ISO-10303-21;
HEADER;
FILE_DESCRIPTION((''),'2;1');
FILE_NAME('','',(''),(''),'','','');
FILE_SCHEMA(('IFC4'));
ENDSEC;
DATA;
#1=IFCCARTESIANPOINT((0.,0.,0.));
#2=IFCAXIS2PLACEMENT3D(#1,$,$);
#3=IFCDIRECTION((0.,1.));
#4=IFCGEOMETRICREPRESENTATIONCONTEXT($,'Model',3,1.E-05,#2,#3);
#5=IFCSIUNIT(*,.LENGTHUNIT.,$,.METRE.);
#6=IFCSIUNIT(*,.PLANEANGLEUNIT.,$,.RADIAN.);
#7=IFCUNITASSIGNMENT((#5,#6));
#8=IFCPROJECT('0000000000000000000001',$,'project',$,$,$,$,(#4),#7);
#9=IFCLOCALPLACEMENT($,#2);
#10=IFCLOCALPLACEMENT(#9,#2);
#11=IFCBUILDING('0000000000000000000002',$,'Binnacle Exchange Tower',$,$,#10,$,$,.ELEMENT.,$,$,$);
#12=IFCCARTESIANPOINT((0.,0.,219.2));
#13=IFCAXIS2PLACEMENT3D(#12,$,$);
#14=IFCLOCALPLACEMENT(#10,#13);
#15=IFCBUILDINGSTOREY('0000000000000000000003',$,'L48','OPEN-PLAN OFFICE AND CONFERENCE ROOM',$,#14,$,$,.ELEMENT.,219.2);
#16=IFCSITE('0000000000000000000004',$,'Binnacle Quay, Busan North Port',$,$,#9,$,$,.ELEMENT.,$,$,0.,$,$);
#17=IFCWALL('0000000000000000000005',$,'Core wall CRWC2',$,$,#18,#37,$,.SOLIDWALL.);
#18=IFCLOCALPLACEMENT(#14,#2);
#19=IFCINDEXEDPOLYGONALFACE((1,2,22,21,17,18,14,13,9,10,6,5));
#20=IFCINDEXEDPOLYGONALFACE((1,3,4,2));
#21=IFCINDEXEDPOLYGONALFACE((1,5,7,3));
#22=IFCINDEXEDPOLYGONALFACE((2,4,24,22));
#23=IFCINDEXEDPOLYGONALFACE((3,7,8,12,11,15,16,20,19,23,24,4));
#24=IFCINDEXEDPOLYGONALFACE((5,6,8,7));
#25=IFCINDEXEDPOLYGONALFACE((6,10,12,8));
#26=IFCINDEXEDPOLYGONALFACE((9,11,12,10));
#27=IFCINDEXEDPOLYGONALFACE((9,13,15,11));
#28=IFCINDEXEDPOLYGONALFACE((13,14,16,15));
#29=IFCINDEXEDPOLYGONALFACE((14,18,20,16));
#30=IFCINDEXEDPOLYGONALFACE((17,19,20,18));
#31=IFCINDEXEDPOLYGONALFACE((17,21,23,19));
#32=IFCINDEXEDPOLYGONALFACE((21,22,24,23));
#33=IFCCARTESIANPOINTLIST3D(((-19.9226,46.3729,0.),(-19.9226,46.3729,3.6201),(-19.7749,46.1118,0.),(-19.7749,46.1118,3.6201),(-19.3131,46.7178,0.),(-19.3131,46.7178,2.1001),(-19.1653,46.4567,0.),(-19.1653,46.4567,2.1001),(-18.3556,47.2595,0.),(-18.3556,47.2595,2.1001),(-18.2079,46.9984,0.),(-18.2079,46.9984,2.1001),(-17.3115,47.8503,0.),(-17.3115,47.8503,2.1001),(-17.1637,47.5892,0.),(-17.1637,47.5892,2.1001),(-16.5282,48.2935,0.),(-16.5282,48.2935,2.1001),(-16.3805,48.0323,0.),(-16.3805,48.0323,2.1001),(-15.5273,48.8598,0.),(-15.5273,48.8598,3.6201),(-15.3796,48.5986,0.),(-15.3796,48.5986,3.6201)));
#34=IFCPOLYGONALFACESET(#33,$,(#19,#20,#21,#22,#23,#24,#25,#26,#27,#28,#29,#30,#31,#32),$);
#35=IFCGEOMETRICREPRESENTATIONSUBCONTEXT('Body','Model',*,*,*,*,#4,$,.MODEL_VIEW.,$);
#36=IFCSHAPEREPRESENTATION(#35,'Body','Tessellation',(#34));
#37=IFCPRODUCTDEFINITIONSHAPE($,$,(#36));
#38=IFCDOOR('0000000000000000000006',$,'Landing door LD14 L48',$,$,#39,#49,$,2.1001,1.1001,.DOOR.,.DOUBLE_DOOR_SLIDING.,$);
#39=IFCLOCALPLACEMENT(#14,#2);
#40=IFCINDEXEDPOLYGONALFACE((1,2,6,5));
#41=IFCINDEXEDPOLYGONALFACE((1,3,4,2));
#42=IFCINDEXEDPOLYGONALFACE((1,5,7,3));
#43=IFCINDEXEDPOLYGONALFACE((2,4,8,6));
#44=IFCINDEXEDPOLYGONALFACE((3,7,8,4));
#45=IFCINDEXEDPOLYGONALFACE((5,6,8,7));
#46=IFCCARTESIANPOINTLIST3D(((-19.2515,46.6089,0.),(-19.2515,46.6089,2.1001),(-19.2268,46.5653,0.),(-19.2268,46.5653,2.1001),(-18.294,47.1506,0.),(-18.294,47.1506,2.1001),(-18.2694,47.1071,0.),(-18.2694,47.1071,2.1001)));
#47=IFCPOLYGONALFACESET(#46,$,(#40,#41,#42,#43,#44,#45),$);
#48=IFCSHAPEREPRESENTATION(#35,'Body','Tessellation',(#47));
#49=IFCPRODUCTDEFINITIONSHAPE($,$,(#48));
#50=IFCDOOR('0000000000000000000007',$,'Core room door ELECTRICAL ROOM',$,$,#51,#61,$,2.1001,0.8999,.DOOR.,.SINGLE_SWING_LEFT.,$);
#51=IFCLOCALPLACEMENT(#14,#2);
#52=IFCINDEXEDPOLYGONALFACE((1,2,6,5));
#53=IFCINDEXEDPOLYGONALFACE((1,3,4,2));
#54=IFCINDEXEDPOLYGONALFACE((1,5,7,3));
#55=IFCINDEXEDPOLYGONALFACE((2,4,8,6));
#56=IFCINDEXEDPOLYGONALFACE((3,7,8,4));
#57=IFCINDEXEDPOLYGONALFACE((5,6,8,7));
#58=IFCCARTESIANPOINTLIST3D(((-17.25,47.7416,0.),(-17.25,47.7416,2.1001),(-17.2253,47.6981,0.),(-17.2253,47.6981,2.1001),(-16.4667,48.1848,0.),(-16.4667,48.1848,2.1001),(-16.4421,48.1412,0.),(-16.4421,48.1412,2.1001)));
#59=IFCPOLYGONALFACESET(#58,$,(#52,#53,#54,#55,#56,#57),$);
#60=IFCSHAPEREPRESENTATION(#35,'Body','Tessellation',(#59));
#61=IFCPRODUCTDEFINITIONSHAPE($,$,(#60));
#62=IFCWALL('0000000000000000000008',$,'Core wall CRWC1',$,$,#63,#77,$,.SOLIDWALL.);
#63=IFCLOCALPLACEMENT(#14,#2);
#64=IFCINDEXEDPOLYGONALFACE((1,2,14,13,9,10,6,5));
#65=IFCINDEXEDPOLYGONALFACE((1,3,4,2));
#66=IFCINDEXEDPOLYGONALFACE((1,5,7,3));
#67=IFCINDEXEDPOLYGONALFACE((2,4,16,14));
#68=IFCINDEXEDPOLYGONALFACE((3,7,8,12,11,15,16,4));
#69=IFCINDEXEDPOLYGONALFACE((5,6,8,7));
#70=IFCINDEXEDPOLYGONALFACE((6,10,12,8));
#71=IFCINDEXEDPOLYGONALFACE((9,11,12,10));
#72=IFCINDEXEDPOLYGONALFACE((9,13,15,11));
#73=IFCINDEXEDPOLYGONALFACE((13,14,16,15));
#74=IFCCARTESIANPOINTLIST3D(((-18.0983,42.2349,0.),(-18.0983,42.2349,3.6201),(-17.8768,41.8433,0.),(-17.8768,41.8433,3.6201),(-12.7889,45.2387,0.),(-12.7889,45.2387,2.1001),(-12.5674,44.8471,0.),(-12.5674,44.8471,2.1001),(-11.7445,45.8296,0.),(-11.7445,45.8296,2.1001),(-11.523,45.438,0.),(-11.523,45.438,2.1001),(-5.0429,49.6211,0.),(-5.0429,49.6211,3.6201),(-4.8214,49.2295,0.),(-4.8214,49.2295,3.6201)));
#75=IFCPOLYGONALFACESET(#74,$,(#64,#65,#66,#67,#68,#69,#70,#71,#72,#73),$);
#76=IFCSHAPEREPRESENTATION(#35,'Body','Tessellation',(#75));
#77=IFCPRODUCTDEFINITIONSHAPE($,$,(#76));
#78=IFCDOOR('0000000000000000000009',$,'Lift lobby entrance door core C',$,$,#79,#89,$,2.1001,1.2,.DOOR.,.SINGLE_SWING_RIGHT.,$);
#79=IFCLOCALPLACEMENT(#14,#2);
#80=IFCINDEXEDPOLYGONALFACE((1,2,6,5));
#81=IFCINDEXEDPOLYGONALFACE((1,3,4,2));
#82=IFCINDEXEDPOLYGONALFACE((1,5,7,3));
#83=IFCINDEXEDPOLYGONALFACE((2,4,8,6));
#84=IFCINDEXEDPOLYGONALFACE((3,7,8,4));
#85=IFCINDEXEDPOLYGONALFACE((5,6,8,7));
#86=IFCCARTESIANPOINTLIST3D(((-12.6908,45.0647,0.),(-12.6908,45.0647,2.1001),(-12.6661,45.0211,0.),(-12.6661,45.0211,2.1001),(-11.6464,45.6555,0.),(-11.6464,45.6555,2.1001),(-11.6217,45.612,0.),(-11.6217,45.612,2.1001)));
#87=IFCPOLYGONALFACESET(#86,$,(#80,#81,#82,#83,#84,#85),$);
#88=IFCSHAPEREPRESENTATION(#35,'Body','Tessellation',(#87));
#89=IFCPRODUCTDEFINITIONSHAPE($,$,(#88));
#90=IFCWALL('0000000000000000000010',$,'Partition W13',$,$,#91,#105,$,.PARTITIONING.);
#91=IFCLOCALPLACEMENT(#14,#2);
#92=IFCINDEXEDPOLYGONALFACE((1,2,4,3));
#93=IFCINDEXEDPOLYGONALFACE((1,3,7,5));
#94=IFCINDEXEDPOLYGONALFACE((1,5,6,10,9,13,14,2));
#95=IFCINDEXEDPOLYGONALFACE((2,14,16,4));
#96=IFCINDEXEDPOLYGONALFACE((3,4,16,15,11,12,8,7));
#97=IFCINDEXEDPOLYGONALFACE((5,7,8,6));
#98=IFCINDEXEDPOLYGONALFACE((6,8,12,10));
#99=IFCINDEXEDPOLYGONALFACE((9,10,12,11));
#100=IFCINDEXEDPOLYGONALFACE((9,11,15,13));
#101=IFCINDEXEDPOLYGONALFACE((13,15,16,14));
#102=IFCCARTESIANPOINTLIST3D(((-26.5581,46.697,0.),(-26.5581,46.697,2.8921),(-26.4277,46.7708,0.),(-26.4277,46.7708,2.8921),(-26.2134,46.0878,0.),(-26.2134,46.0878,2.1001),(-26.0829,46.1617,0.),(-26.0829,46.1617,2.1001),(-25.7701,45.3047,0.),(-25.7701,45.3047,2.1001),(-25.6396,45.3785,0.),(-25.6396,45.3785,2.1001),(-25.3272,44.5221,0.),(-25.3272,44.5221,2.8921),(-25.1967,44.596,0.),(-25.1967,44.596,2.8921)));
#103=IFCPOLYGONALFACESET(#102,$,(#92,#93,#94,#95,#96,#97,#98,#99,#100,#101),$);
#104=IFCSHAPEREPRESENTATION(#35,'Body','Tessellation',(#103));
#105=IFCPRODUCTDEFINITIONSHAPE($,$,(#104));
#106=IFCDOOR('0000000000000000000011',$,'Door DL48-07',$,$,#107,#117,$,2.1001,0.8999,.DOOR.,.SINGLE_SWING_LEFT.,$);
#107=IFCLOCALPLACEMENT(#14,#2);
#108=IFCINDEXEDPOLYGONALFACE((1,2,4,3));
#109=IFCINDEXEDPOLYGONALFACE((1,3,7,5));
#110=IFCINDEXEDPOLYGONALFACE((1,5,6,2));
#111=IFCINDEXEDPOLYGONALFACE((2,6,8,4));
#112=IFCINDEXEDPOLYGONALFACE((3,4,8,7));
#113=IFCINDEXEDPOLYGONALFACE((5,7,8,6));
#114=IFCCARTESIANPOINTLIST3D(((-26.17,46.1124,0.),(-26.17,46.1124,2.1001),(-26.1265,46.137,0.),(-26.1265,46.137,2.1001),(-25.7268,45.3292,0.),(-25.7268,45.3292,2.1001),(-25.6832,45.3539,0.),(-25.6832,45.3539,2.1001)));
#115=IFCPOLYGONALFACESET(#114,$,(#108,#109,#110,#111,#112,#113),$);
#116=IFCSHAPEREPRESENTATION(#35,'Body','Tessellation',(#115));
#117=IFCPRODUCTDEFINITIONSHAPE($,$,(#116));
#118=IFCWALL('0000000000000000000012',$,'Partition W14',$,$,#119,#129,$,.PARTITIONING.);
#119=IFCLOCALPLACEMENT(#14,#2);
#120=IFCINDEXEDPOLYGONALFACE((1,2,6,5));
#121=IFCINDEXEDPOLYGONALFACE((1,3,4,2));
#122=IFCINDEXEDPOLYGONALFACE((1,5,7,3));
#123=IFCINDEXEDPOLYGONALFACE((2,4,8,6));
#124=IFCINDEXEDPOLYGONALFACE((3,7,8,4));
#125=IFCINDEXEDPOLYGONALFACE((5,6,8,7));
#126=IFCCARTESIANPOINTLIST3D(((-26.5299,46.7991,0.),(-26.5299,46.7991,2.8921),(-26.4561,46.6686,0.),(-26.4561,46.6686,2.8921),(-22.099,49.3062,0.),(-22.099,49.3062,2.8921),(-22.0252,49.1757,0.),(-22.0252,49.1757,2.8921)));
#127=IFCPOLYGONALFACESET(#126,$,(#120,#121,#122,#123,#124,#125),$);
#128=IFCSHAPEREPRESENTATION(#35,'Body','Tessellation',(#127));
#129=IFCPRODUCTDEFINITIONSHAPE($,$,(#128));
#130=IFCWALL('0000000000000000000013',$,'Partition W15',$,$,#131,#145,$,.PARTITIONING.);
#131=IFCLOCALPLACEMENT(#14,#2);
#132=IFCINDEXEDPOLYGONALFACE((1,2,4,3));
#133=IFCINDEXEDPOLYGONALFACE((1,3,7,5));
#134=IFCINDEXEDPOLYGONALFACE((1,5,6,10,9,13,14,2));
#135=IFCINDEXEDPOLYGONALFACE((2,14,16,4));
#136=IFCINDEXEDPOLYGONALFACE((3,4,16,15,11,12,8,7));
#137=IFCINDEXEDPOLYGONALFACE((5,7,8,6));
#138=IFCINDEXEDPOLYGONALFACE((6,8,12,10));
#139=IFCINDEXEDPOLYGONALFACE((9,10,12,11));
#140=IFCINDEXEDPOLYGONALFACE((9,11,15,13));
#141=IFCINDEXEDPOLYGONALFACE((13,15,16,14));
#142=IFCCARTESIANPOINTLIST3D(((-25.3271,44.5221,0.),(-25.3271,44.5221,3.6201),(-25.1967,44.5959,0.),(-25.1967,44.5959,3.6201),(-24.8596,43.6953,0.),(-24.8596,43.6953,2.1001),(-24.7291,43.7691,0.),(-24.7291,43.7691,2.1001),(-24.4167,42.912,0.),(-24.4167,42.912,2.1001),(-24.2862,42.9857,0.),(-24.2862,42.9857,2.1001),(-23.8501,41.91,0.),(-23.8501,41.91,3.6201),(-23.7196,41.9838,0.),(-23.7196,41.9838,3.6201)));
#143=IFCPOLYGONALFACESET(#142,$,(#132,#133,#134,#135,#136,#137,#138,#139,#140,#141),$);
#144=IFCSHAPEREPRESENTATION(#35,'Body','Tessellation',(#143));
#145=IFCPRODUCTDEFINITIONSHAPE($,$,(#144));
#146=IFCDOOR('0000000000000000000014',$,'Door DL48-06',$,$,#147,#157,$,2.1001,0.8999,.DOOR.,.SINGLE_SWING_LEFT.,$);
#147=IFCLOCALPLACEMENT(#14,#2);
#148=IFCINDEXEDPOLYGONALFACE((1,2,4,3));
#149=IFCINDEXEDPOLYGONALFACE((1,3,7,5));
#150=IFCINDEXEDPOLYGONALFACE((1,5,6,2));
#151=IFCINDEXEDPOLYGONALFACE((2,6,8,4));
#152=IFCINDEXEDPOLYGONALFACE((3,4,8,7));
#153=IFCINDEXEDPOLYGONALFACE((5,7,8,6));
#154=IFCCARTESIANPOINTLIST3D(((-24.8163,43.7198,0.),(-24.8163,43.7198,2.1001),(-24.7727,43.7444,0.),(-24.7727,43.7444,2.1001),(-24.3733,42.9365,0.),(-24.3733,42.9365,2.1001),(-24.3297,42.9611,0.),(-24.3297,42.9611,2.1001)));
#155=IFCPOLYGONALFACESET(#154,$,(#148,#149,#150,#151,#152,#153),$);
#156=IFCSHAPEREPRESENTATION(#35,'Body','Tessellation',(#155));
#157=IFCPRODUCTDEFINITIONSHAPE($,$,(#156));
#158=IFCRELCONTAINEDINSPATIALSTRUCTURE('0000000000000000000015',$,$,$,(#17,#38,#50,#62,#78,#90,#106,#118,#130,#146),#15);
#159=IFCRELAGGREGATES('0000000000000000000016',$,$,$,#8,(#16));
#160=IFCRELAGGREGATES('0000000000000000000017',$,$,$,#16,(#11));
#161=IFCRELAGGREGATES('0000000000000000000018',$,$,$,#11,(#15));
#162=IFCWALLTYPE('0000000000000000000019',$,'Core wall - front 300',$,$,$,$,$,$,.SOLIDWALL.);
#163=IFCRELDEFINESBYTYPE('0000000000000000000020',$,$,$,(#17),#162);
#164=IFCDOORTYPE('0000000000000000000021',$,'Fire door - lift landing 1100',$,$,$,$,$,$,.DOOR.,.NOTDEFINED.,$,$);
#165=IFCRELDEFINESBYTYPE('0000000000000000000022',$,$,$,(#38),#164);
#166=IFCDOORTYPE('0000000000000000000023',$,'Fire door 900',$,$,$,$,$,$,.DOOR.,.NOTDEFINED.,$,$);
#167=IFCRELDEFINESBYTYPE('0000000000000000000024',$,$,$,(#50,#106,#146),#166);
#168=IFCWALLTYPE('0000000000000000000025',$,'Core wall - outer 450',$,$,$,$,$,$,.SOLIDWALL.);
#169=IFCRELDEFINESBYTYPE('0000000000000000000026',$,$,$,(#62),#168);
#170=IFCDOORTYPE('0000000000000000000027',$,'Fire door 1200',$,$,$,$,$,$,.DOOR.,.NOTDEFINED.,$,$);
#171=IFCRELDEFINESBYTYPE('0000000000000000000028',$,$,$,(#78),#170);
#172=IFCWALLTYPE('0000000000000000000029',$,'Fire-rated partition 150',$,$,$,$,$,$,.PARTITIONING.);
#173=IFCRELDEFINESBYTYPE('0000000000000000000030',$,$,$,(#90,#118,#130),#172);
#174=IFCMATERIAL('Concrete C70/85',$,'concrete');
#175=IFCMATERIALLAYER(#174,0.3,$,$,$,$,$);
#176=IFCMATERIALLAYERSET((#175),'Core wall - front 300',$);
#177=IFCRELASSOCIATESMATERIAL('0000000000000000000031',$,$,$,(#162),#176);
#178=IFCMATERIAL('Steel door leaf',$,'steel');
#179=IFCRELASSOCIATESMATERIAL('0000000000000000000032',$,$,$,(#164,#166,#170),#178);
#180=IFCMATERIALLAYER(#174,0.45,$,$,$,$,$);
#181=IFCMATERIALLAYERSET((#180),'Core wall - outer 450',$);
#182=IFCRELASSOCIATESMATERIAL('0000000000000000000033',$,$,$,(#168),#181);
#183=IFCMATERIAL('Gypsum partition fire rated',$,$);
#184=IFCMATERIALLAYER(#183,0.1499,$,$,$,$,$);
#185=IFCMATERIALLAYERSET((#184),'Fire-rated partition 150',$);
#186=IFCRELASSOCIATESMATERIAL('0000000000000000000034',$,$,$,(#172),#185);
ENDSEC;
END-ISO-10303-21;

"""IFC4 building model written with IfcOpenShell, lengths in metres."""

from ifc_helpers import new_model, si_unit, direction, frame, frame_2d, origin, place, context, subcontext, project, spatial, rectangle, extrude, material, layer, layer_set, type_object, element, fill, save


model = new_model("IFC4")

# Units and contexts
model_context = context("Model", 3, precision=1e-05, world=origin(), true_north=direction((0.0, 1.0)))
body_context = subcontext(model_context, "Body", "Model", "MODEL_VIEW")
ifc_project = project(units=[si_unit("LENGTHUNIT", "METRE"), si_unit("PLANEANGLEUNIT", "RADIAN")], contexts=[model_context])

# Site, building, storey
site_placement = place(None, origin())
site = spatial("IfcSite", under=ifc_project, at=site_placement, Name="Binnacle Quay, Busan North Port", CompositionType="ELEMENT", RefElevation=0.0)
building_placement = place(site_placement, origin())
building = spatial("IfcBuilding", under=site, at=building_placement, Name="Binnacle Exchange Tower", CompositionType="ELEMENT")
storey_placement = place(building_placement, frame((0.0, 0.0, 219.2)))
storey = spatial("IfcBuildingStorey", under=building, at=storey_placement, Name="L48", Description="OPEN-PLAN OFFICE AND CONFERENCE ROOM", CompositionType="ELEMENT", Elevation=219.2)

# Wall, openings, doors
ifc_material_1 = material(Name="Concrete C70/85", Category="concrete")
ifc_layer_1 = layer(ifc_material_1, 0.3)
ifc_layer_set_1 = layer_set([ifc_layer_1], Name="Core wall - front 300")
wall_type_1 = type_object("IfcWallType", Name="Core wall - front 300", PredefinedType="SOLIDWALL", material=ifc_layer_set_1)
wall_1_placement = place(storey_placement, frame((-19.8486, 46.2424, 0.0), z_axis=(0.0, 0.0, 1.0), x_axis=(0.870348, 0.492438, 0.0)))
wall_1 = element("IfcWall", 1, at=wall_1_placement, inside=storey, type_object=wall_type_1, Name="Core wall CRWC2", PredefinedType="SOLIDWALL", context=body_context, shape_type="SweptSolid", body=[
    extrude(rectangle(XDim=5.05, YDim=0.3, at=frame_2d((2.5249, 0.0))), origin(), (0.0, 0.0, 1.0), 3.6201),
])
opening_1_placement = place(wall_1_placement, frame((0.7002, 0.0, 0.0)))
opening_1 = element("IfcOpeningElement", 2, at=opening_1_placement, cuts=wall_1, PredefinedType="OPENING", context=body_context, shape_type="SweptSolid", body=[
    extrude(rectangle(XDim=1.1001, YDim=2.1001, at=frame_2d((0.55, 1.05))), frame((0.0, 0.1599, 0.0), z_axis=(0.0, -1.0, 0.0), x_axis=(1.0, 0.0, 0.0)), (0.0, 0.0, 1.0), 0.3201),
])
opening_2_placement = place(wall_1_placement, frame((3.0, 0.0, 0.0)))
opening_2 = element("IfcOpeningElement", 3, at=opening_2_placement, cuts=wall_1, PredefinedType="OPENING", context=body_context, shape_type="SweptSolid", body=[
    extrude(rectangle(XDim=0.8999, YDim=2.1001, at=frame_2d((0.45, 1.05))), frame((0.0, 0.1599, 0.0), z_axis=(0.0, -1.0, 0.0), x_axis=(1.0, 0.0, 0.0)), (0.0, 0.0, 1.0), 0.3201),
])
ifc_material_2 = material(Name="Steel door leaf", Category="steel")
door_type_1 = type_object("IfcDoorType", Name="Fire door - lift landing 1100", OperationType="NOTDEFINED", PredefinedType="DOOR", material=ifc_material_2)
door_1_placement = place(opening_1_placement, origin())
door_1 = element("IfcDoor", 4, at=door_1_placement, inside=storey, type_object=door_type_1, Name="Landing door LD14 L48", OperationType="DOUBLE_DOOR_SLIDING", OverallHeight=2.1001, OverallWidth=1.1001, PredefinedType="DOOR", context=body_context, shape_type="SweptSolid", body=[
    extrude(rectangle(XDim=1.1001, YDim=2.1001, at=frame_2d((0.55, 1.05))), frame((0.0, 0.0249, 0.0), z_axis=(0.0, -1.0, 0.0), x_axis=(1.0, 0.0, 0.0)), (0.0, 0.0, 1.0), 0.05),
])
fill(opening_1, door_1)
door_type_2 = type_object("IfcDoorType", Name="Fire door 900", OperationType="NOTDEFINED", PredefinedType="DOOR", material=ifc_material_2)
door_2_placement = place(opening_2_placement, frame((0.8999, 0.0, 0.0), z_axis=(0.0, 0.0, 1.0), x_axis=(-1.0, 0.0, 0.0)))
door_2 = element("IfcDoor", 5, at=door_2_placement, inside=storey, type_object=door_type_2, Name="Core room door ELECTRICAL ROOM", OperationType="SINGLE_SWING_LEFT", OverallHeight=2.1001, OverallWidth=0.8999, PredefinedType="DOOR", context=body_context, shape_type="SweptSolid", body=[
    extrude(rectangle(XDim=0.8999, YDim=2.1001, at=frame_2d((0.45, 1.05))), frame((0.0, 0.0249, 0.0), z_axis=(0.0, -1.0, 0.0), x_axis=(1.0, 0.0, 0.0)), (0.0, 0.0, 1.0), 0.05),
])
fill(opening_2, door_2)

# Walls, openings, doors
ifc_layer_2 = layer(ifc_material_1, 0.45)
ifc_layer_set_2 = layer_set([ifc_layer_2], Name="Core wall - outer 450")
wall_type_2 = type_object("IfcWallType", Name="Core wall - outer 450", PredefinedType="SOLIDWALL", material=ifc_layer_set_2)
wall_2_placement = place(storey_placement, frame((-17.9875, 42.0391, 0.0), z_axis=(0.0, 0.0, 1.0), x_axis=(0.870361, 0.492415, 0.0)))
wall_2 = element("IfcWall", 6, at=wall_2_placement, inside=storey, type_object=wall_type_2, Name="Core wall CRWC1", PredefinedType="SOLIDWALL", context=body_context, shape_type="SweptSolid", body=[
    extrude(rectangle(XDim=15.0, YDim=0.45, at=frame_2d((7.5, 0.0))), origin(), (0.0, 0.0, 1.0), 3.6201),
])
opening_3_placement = place(wall_2_placement, frame((6.1001, 0.0, 0.0)))
opening_3 = element("IfcOpeningElement", 7, at=opening_3_placement, cuts=wall_2, PredefinedType="OPENING", context=body_context, shape_type="SweptSolid", body=[
    extrude(rectangle(XDim=1.2, YDim=2.1001, at=frame_2d((0.6001, 1.05))), frame((0.0, 0.2349, 0.0), z_axis=(0.0, -1.0, 0.0), x_axis=(1.0, 0.0, 0.0)), (0.0, 0.0, 1.0), 0.47),
])
door_type_3 = type_object("IfcDoorType", Name="Fire door 1200", OperationType="NOTDEFINED", PredefinedType="DOOR", material=ifc_material_2)
door_3_placement = place(opening_3_placement, frame((1.2, 0.0, 0.0), z_axis=(0.0, 0.0, 1.0), x_axis=(-1.0, 0.0, 0.0)))
door_3 = element("IfcDoor", 8, at=door_3_placement, inside=storey, type_object=door_type_3, Name="Lift lobby entrance door core C", OperationType="SINGLE_SWING_RIGHT", OverallHeight=2.1001, OverallWidth=1.2, PredefinedType="DOOR", context=body_context, shape_type="SweptSolid", body=[
    extrude(rectangle(XDim=1.2, YDim=2.1001, at=frame_2d((0.6001, 1.05))), frame((0.0, 0.0249, 0.0), z_axis=(0.0, -1.0, 0.0), x_axis=(1.0, 0.0, 0.0)), (0.0, 0.0, 1.0), 0.05),
])
fill(opening_3, door_3)
ifc_material_3 = material(Name="Gypsum partition fire rated")
ifc_layer_3 = layer(ifc_material_3, 0.1499)
ifc_layer_set_3 = layer_set([ifc_layer_3], Name="Fire-rated partition 150")
wall_type_3 = type_object("IfcWallType", Name="Fire-rated partition 150", PredefinedType="PARTITIONING", material=ifc_layer_set_3)
wall_3_placement = place(storey_placement, frame((-26.4929, 46.7339, 0.0), z_axis=(0.0, 0.0, 1.0), x_axis=(0.492579, -0.870268, 0.0)))
wall_3 = element("IfcWall", 9, at=wall_3_placement, inside=storey, type_object=wall_type_3, Name="Partition W13", PredefinedType="PARTITIONING", context=body_context, shape_type="SweptSolid", body=[
    extrude(rectangle(XDim=2.499, YDim=0.1499, at=frame_2d((1.2495, 0.0))), origin(), (0.0, 0.0, 1.0), 2.8921),
])
opening_4_placement = place(wall_3_placement, frame((0.7, 0.0, 0.0)))
opening_4 = element("IfcOpeningElement", 10, at=opening_4_placement, cuts=wall_3, PredefinedType="OPENING", context=body_context, shape_type="SweptSolid", body=[
    extrude(rectangle(XDim=0.8999, YDim=2.1001, at=frame_2d((0.45, 1.05))), frame((0.0, 0.085, 0.0), z_axis=(0.0, -1.0, 0.0), x_axis=(1.0, 0.0, 0.0)), (0.0, 0.0, 1.0), 0.1699),
])
door_4_placement = place(opening_4_placement, origin())
door_4 = element("IfcDoor", 11, at=door_4_placement, inside=storey, type_object=door_type_2, Name="Door DL48-07", OperationType="SINGLE_SWING_LEFT", OverallHeight=2.1001, OverallWidth=0.8999, PredefinedType="DOOR", context=body_context, shape_type="SweptSolid", body=[
    extrude(rectangle(XDim=0.8999, YDim=2.1001, at=frame_2d((0.45, 1.05))), frame((0.0, 0.0249, 0.0), z_axis=(0.0, -1.0, 0.0), x_axis=(1.0, 0.0, 0.0)), (0.0, 0.0, 1.0), 0.05),
])
fill(opening_4, door_4)

# Wall
wall_4_placement = place(storey_placement, frame((-26.4929, 46.7339, 0.0), z_axis=(0.0, 0.0, 1.0), x_axis=(0.870339, 0.492452, 0.0)))
element("IfcWall", 12, at=wall_4_placement, inside=storey, type_object=wall_type_3, Name="Partition W14", PredefinedType="PARTITIONING", context=body_context, shape_type="SweptSolid", body=[
    extrude(rectangle(XDim=5.0911, YDim=0.1499, at=frame_2d((2.5454, 0.0))), origin(), (0.0, 0.0, 1.0), 2.8921),
])

# Wall, opening, door
wall_5_placement = place(storey_placement, frame((-25.262, 44.5591, 0.0), z_axis=(0.0, 0.0, 1.0), x_axis=(0.492226, -0.870467, 0.0)))
wall_5 = element("IfcWall", 13, at=wall_5_placement, inside=storey, type_object=wall_type_3, Name="Partition W15", PredefinedType="PARTITIONING", context=body_context, shape_type="SweptSolid", body=[
    extrude(rectangle(XDim=3.0007, YDim=0.1499, at=frame_2d((1.5005, 0.0))), origin(), (0.0, 0.0, 1.0), 3.6201),
])
opening_5_placement = place(wall_5_placement, frame((0.95, 0.0, 0.0)))
opening_5 = element("IfcOpeningElement", 14, at=opening_5_placement, cuts=wall_5, PredefinedType="OPENING", context=body_context, shape_type="SweptSolid", body=[
    extrude(rectangle(XDim=0.8999, YDim=2.1001, at=frame_2d((0.45, 1.05))), frame((0.0, 0.085, 0.0), z_axis=(0.0, -1.0, 0.0), x_axis=(1.0, 0.0, 0.0)), (0.0, 0.0, 1.0), 0.1699),
])
door_5_placement = place(opening_5_placement, origin())
door_5 = element("IfcDoor", 15, at=door_5_placement, inside=storey, type_object=door_type_2, Name="Door DL48-06", OperationType="SINGLE_SWING_LEFT", OverallHeight=2.1001, OverallWidth=0.8999, PredefinedType="DOOR", context=body_context, shape_type="SweptSolid", body=[
    extrude(rectangle(XDim=0.8999, YDim=2.1001, at=frame_2d((0.45, 1.05))), frame((0.0, 0.0249, 0.0), z_axis=(0.0, -1.0, 0.0), x_axis=(1.0, 0.0, 0.0)), (0.0, 0.0, 1.0), 0.05),
])
fill(opening_5, door_5)

save(model, "model.ifc")
